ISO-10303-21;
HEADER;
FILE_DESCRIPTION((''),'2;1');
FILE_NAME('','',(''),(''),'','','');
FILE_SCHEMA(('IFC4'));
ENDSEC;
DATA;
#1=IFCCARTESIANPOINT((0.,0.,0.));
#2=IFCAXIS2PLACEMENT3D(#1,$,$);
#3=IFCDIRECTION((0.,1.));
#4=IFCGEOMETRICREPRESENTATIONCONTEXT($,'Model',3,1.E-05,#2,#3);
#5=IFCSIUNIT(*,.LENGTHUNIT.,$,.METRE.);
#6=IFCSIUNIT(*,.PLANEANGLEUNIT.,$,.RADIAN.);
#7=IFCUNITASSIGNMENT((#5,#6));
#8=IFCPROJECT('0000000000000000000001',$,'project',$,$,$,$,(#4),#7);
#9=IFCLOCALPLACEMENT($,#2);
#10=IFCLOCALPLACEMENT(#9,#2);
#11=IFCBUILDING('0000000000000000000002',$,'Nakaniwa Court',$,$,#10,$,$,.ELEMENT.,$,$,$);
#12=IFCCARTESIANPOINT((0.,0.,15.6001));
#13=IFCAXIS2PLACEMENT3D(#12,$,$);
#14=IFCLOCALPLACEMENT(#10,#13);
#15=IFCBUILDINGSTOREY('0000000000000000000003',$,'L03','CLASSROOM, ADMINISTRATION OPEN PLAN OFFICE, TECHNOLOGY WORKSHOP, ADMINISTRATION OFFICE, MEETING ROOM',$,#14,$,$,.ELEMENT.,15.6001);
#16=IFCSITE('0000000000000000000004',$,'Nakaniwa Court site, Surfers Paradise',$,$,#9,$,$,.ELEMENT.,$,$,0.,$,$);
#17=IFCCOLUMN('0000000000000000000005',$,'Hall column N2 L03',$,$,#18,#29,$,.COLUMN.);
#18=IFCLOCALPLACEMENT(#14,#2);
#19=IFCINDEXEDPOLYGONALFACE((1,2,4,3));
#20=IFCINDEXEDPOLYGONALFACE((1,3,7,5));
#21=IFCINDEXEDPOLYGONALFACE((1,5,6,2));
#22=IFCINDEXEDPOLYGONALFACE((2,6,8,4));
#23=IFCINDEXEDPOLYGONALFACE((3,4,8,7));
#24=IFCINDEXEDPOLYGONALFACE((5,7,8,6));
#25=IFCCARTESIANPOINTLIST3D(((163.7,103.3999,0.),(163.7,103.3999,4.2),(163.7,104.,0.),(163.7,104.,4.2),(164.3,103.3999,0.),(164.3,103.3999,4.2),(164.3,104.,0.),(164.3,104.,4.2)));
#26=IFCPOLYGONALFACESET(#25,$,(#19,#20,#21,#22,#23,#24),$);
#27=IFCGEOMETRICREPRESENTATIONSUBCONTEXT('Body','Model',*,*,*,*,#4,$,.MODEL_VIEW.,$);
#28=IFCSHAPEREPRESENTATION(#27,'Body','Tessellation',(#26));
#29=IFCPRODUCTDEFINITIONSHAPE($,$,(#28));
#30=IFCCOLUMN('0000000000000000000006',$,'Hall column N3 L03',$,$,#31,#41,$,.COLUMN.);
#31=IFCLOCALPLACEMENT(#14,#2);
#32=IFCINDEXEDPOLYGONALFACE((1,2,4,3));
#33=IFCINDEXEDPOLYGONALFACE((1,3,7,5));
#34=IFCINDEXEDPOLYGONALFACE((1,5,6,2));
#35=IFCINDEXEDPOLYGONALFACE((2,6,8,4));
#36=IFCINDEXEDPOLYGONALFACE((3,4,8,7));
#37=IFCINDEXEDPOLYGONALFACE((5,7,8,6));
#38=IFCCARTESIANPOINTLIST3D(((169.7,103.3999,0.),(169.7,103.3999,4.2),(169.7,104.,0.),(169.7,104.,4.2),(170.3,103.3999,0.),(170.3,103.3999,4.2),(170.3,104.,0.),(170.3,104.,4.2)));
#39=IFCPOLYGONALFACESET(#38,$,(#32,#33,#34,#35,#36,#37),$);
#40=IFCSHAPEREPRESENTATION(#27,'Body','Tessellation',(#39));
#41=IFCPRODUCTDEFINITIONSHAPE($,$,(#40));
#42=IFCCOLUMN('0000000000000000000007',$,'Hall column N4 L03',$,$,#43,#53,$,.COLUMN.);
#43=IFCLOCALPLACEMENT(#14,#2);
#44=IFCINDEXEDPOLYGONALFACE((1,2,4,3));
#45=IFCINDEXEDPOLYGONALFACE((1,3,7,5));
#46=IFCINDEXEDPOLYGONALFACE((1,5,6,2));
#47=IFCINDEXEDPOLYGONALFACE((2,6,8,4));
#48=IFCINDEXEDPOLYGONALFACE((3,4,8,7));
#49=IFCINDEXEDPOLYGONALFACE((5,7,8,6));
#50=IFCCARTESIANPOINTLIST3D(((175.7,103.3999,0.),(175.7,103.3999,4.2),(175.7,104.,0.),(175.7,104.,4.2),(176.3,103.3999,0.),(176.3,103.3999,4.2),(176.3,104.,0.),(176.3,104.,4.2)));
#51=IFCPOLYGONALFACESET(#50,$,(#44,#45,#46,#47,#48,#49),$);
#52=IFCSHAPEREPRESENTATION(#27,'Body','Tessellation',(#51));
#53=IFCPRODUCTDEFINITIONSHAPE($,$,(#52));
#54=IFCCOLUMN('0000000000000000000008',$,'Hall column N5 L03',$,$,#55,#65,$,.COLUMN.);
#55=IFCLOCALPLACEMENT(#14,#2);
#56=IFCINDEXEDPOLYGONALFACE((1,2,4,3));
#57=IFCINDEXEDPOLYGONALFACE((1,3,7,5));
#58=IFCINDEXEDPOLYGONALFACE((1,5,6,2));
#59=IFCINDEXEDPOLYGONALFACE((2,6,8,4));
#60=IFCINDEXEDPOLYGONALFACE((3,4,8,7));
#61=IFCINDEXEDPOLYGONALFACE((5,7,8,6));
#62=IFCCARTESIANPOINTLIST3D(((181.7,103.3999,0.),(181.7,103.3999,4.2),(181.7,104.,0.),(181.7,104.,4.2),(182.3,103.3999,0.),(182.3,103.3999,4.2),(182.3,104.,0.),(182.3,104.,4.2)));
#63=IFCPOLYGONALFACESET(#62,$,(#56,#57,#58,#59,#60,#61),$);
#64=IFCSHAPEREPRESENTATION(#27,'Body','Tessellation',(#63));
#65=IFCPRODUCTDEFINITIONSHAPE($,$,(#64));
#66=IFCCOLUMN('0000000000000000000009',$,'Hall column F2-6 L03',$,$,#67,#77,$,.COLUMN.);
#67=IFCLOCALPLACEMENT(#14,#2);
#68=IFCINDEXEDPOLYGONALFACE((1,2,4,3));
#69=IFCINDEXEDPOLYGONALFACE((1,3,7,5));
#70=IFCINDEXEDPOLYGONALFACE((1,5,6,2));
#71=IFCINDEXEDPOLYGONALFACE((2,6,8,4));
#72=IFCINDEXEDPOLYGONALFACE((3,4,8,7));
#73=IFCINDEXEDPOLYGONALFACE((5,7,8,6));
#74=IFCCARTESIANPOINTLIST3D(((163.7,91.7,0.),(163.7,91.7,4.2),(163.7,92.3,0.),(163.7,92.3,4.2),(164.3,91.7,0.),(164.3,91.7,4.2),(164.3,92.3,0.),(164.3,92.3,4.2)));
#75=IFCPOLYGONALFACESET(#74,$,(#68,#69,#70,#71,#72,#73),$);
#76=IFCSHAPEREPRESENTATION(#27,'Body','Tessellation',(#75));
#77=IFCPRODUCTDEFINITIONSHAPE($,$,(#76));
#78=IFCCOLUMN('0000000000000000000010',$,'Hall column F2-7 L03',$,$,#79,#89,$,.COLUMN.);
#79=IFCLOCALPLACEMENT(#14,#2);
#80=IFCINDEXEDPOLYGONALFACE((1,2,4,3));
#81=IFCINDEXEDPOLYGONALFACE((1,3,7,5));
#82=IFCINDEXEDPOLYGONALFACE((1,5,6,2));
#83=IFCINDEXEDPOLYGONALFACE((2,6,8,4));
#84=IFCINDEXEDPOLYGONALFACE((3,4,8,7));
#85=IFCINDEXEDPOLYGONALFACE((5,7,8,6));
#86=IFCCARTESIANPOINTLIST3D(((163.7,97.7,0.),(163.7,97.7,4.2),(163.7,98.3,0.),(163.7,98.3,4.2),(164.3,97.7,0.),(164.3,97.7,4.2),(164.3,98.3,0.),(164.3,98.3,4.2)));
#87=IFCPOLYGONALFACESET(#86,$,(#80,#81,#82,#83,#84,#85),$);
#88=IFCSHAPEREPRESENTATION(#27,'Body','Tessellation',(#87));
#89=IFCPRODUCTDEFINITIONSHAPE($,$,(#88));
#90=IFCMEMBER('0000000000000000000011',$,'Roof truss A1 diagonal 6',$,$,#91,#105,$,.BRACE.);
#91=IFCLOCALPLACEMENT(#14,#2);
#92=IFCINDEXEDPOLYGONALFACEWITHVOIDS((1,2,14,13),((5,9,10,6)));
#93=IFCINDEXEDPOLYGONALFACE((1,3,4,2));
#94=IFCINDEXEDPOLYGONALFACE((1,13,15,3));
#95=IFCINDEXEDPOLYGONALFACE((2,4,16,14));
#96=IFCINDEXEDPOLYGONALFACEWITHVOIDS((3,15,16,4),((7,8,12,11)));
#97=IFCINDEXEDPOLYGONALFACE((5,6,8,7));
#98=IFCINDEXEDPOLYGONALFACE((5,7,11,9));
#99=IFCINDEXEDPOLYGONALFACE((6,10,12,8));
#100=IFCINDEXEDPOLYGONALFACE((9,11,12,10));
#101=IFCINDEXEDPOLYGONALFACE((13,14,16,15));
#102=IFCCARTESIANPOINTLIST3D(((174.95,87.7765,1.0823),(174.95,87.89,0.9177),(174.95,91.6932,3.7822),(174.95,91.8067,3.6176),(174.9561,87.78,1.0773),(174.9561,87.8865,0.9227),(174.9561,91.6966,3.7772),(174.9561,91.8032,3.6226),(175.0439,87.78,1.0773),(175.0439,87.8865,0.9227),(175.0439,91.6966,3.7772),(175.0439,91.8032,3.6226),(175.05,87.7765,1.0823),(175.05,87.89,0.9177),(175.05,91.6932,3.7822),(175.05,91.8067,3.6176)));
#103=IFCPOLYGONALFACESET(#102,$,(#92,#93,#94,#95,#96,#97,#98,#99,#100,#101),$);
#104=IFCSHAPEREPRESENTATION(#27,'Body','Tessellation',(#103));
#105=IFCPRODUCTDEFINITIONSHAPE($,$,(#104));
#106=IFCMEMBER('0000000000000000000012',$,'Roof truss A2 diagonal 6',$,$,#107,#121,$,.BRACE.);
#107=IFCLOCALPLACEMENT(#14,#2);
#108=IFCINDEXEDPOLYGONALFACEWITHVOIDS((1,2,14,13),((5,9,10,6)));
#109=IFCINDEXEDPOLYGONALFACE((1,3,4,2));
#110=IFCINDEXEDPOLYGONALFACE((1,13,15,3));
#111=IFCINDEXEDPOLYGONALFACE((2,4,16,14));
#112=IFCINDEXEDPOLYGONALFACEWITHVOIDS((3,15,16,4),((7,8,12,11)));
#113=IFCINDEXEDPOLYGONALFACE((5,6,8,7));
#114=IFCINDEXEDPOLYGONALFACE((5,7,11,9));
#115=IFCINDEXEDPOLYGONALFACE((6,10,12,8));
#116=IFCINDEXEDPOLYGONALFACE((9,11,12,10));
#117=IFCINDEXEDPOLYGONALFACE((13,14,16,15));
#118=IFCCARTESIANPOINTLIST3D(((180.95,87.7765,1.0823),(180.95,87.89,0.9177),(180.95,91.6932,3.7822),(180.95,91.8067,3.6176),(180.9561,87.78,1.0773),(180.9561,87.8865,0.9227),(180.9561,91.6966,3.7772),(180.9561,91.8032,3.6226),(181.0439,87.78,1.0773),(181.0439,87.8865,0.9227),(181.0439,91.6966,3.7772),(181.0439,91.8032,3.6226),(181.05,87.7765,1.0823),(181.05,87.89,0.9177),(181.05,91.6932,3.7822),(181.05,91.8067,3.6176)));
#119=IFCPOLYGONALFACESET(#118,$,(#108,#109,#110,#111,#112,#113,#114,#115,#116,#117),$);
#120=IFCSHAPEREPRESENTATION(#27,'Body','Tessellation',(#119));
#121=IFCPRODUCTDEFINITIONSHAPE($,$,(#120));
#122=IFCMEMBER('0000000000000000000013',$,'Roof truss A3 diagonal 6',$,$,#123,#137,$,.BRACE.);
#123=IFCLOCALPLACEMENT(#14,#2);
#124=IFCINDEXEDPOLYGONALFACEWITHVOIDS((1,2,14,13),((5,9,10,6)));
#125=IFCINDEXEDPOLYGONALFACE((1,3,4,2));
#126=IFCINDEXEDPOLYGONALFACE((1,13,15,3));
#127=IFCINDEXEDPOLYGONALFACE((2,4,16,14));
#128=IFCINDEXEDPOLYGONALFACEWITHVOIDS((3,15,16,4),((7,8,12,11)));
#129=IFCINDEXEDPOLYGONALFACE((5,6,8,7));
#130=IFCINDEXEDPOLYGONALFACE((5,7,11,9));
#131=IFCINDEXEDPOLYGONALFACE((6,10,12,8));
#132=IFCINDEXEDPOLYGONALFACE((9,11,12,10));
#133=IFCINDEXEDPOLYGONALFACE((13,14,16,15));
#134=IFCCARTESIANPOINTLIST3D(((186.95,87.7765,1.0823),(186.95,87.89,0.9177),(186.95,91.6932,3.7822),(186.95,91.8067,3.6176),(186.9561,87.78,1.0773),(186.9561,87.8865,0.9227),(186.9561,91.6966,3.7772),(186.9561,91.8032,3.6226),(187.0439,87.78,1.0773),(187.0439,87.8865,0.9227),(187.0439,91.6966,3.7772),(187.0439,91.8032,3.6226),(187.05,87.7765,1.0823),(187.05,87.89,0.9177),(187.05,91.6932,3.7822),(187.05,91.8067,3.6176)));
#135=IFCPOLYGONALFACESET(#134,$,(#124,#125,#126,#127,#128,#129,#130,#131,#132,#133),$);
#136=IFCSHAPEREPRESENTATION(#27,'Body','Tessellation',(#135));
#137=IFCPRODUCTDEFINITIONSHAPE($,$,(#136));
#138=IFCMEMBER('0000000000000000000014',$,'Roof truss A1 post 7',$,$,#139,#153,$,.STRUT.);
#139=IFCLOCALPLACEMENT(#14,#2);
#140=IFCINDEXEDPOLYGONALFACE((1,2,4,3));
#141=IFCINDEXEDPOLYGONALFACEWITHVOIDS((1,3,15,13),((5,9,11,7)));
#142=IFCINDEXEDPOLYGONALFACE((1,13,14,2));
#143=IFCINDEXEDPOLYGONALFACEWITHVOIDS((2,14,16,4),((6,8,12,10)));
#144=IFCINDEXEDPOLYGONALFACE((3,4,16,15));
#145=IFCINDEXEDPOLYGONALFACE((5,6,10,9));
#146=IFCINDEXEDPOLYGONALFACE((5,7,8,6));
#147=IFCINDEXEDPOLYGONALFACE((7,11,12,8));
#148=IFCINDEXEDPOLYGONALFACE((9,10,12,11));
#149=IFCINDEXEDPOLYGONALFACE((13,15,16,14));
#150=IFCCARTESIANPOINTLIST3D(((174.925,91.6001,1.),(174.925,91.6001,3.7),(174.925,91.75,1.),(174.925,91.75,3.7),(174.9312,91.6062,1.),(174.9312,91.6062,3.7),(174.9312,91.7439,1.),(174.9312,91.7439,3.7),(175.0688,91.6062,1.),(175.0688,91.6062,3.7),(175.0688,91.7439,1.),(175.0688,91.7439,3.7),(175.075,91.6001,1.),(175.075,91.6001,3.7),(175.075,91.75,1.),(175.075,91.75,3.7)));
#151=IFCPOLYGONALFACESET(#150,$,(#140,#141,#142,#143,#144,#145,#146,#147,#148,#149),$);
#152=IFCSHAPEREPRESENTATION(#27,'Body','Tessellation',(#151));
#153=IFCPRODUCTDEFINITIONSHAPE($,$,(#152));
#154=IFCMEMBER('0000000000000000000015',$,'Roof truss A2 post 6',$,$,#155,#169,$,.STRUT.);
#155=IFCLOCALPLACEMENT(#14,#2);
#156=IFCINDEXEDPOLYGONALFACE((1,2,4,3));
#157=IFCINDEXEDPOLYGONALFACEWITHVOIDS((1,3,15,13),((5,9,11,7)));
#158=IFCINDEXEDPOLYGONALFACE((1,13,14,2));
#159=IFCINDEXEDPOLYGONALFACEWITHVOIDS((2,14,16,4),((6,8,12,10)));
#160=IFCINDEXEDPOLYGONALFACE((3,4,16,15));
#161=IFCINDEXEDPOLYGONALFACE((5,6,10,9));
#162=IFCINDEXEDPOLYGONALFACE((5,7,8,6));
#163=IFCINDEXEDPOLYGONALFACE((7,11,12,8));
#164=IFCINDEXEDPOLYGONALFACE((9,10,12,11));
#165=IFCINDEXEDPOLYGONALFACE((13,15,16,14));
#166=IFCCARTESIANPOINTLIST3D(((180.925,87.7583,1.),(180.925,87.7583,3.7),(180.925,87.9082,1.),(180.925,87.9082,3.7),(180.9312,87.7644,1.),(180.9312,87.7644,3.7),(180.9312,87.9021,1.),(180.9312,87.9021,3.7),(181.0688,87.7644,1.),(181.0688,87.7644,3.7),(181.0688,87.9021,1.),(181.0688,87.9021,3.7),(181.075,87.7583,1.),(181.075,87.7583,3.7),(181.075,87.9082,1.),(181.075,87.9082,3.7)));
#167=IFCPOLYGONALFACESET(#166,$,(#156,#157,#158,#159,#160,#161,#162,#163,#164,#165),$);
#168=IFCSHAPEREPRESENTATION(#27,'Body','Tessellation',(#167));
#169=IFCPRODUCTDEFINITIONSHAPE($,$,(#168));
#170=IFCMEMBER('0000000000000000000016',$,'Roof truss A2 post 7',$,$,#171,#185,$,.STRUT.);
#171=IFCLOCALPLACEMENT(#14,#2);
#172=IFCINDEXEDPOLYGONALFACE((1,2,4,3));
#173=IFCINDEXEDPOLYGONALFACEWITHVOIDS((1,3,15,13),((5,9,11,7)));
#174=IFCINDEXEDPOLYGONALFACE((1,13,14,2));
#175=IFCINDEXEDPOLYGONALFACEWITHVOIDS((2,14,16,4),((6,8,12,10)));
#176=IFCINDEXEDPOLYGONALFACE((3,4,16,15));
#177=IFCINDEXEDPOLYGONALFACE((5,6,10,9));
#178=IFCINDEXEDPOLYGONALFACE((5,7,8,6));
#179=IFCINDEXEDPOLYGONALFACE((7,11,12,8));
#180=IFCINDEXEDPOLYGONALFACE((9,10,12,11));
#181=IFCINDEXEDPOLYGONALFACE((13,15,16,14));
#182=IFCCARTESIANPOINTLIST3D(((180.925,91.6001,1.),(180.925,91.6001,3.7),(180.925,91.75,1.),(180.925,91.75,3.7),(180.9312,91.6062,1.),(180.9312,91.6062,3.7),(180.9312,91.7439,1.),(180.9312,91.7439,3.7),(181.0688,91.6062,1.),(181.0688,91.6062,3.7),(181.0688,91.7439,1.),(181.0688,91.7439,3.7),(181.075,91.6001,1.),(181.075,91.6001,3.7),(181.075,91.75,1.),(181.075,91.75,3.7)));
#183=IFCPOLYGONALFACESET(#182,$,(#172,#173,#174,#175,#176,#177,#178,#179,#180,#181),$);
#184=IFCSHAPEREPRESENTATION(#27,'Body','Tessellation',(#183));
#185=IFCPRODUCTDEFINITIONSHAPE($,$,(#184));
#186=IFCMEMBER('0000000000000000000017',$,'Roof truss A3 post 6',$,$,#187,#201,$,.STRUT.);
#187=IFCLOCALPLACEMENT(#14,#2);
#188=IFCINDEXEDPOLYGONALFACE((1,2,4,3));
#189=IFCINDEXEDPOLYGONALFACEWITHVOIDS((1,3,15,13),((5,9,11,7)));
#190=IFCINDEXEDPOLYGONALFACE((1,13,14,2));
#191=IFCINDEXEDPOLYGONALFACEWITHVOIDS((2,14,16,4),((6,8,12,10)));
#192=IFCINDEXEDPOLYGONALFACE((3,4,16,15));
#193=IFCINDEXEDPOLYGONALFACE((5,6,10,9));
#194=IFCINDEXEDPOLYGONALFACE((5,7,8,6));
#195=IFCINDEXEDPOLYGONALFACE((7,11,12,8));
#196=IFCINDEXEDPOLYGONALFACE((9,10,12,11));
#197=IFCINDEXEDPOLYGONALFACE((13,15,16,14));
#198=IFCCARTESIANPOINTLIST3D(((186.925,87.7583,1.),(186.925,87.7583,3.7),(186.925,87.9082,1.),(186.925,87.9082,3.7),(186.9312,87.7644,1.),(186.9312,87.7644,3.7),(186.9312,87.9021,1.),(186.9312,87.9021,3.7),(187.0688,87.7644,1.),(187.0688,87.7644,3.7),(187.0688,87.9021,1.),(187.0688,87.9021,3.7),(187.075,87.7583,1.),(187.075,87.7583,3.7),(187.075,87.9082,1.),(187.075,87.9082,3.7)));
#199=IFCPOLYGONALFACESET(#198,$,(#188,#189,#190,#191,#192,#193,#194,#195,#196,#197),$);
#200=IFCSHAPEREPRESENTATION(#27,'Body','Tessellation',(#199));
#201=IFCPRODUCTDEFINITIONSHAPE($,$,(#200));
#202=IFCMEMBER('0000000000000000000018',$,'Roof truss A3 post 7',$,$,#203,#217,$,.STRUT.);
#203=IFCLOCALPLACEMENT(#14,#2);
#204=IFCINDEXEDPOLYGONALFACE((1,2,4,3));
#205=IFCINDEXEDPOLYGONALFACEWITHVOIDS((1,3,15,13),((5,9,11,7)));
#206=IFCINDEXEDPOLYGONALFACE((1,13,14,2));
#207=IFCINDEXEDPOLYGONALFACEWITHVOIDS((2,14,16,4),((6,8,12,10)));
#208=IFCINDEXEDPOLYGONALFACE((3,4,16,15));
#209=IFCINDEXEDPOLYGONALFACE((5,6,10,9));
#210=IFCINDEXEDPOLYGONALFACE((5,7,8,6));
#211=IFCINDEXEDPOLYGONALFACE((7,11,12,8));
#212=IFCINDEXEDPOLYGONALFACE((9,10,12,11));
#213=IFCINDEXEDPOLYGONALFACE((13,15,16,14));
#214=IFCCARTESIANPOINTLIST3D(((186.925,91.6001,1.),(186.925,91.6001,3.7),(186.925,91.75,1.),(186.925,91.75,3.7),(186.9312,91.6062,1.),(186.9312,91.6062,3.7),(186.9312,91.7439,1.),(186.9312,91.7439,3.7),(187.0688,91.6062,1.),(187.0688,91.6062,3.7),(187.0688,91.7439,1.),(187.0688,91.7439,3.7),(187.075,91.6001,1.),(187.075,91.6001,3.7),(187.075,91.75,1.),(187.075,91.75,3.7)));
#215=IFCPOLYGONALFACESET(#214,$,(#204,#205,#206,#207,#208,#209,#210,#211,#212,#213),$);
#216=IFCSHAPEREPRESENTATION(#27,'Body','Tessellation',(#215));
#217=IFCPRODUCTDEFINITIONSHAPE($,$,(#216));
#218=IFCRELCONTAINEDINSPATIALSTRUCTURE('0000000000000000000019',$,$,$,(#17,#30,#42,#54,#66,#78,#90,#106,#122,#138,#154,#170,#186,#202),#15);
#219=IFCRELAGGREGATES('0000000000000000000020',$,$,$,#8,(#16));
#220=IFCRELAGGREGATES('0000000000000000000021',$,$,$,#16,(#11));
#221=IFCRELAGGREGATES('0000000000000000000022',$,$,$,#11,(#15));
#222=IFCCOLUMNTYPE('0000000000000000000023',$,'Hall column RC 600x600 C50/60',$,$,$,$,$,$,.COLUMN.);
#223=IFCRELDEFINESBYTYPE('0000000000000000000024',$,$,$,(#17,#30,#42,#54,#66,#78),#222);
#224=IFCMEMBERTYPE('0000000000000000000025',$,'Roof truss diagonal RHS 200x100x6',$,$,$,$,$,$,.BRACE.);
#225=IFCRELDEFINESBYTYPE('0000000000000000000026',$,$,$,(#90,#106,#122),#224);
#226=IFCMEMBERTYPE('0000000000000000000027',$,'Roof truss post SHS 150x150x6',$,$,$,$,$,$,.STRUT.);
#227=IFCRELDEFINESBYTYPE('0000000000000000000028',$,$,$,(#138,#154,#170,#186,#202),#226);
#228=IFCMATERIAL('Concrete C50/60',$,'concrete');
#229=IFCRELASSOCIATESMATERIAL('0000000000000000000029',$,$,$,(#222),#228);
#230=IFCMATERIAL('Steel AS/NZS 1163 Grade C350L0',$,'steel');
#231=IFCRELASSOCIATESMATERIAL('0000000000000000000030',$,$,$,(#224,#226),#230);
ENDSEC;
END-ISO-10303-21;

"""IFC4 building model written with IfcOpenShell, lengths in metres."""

from ifc_helpers import new_model, si_unit, direction, frame, origin, origin_2d, place, context, subcontext, project, spatial, rectangle, hollow_rectangle, extrude, material, material_profile, profile_set, type_object, element, save


model = new_model("IFC4")

# Units and contexts
model_context = context("Model", 3, precision=1e-05, world=origin(), true_north=direction((0.0, 1.0)))
body_context = subcontext(model_context, "Body", "Model", "MODEL_VIEW")
ifc_project = project(units=[si_unit("LENGTHUNIT", "METRE"), si_unit("PLANEANGLEUNIT", "RADIAN")], contexts=[model_context])

# Site, building, storey
site_placement = place(None, origin())
site = spatial("IfcSite", under=ifc_project, at=site_placement, Name="Nakaniwa Court site, Surfers Paradise", CompositionType="ELEMENT", RefElevation=0.0)
building_placement = place(site_placement, origin())
building = spatial("IfcBuilding", under=site, at=building_placement, Name="Nakaniwa Court", CompositionType="ELEMENT")
storey_placement = place(building_placement, frame((0.0, 0.0, 15.6001)))
storey = spatial("IfcBuildingStorey", under=building, at=storey_placement, Name="L03", Description="CLASSROOM, ADMINISTRATION OPEN PLAN OFFICE, TECHNOLOGY WORKSHOP, ADMINISTRATION OFFICE, MEETING ROOM", CompositionType="ELEMENT", Elevation=15.6001)

# Columns
ifc_material_1 = material(Name="Concrete C50/60", Category="concrete")
ifc_material_profile_1 = material_profile(ifc_material_1, rectangle(XDim=0.6001, YDim=0.6001, at=origin_2d()), Name="RC 600x600")
ifc_profile_set_1 = profile_set([ifc_material_profile_1], Name="Concrete C50/60")
column_type = type_object("IfcColumnType", Name="Hall column RC 600x600 C50/60", PredefinedType="COLUMN", material=ifc_profile_set_1)
for number, where, z_axis, x_axis, name in (
    (1, (164.0, 103.7, 0.0), (0.0, 0.0, 1.0), (1.0, 0.0, 0.0), "Hall column N2 L03"),
    (2, (170.0, 103.7, 0.0), (0.0, 0.0, 1.0), (1.0, 0.0, 0.0), "Hall column N3 L03"),
    (3, (176.0, 103.7, 0.0), (0.0, 0.0, 1.0), (1.0, 0.0, 0.0), "Hall column N4 L03"),
    (4, (182.0, 103.7, 0.0), (0.0, 0.0, 1.0), (1.0, 0.0, 0.0), "Hall column N5 L03"),
    (5, (164.0, 92.0, 0.0), (0.0, 0.0, 1.0), (1.0, 0.0, 0.0), "Hall column F2-6 L03"),
    (6, (164.0, 98.0, 0.0), (0.0, 0.0, 1.0), (1.0, 0.0, 0.0), "Hall column F2-7 L03"),
):
    element("IfcColumn", number, at=place(storey_placement, frame(where, z_axis=z_axis, x_axis=x_axis)), inside=storey, type_object=column_type, Name=name, PredefinedType="COLUMN", context=body_context, shape_type="SweptSolid", body=[
        extrude(rectangle(XDim=0.6001, YDim=0.6001, at=origin_2d()), origin(), (0.0, 0.0, 1.0), 4.2),
    ])

# Members
ifc_material_2 = material(Name="Steel AS/NZS 1163 Grade C350L0", Category="steel")
ifc_material_profile_2 = material_profile(ifc_material_2, hollow_rectangle(XDim=0.1001, YDim=0.2, WallThickness=0.0061, at=origin_2d()), Name="RHS 200x100x6")
ifc_profile_set_2 = profile_set([ifc_material_profile_2], Name="Steel AS/NZS 1163 Grade C350L0")
member_type_1 = type_object("IfcMemberType", Name="Roof truss diagonal RHS 200x100x6", PredefinedType="BRACE", material=ifc_profile_set_2)
for number, where, z_axis, x_axis, name in (
    (7, (175.0, 87.8333, 1.0), (0.0, 0.823336, 0.567554), (-1.0, 0.0, 0.0), "Roof truss A1 diagonal 6"),
    (8, (181.0, 87.8333, 1.0), (0.0, 0.823336, 0.567554), (-1.0, 0.0, 0.0), "Roof truss A2 diagonal 6"),
    (9, (187.0, 87.8333, 1.0), (0.0, 0.823336, 0.567554), (-1.0, 0.0, 0.0), "Roof truss A3 diagonal 6"),
):
    element("IfcMember", number, at=place(storey_placement, frame(where, z_axis=z_axis, x_axis=x_axis)), inside=storey, type_object=member_type_1, Name=name, PredefinedType="BRACE", context=body_context, shape_type="SweptSolid", body=[
        extrude(hollow_rectangle(XDim=0.1001, YDim=0.2, WallThickness=0.0061, at=origin_2d()), origin(), (0.0, 0.0, 1.0), 4.7571),
    ])
ifc_material_profile_3 = material_profile(ifc_material_2, hollow_rectangle(XDim=0.1499, YDim=0.1499, WallThickness=0.0061, at=origin_2d()), Name="SHS 150x150x6")
ifc_profile_set_3 = profile_set([ifc_material_profile_3], Name="Steel AS/NZS 1163 Grade C350L0")
member_type_2 = type_object("IfcMemberType", Name="Roof truss post SHS 150x150x6", PredefinedType="STRUT", material=ifc_profile_set_3)
for number, where, z_axis, x_axis, name in (
    (10, (175.0, 91.675, 1.0), (0.0, 0.0, 1.0), (1.0, 0.0, 0.0), "Roof truss A1 post 7"),
    (11, (181.0, 87.8333, 1.0), (0.0, 0.0, 1.0), (1.0, 0.0, 0.0), "Roof truss A2 post 6"),
    (12, (181.0, 91.675, 1.0), (0.0, 0.0, 1.0), (1.0, 0.0, 0.0), "Roof truss A2 post 7"),
    (13, (187.0, 87.8333, 1.0), (0.0, 0.0, 1.0), (1.0, 0.0, 0.0), "Roof truss A3 post 6"),
    (14, (187.0, 91.675, 1.0), (0.0, 0.0, 1.0), (1.0, 0.0, 0.0), "Roof truss A3 post 7"),
):
    element("IfcMember", number, at=place(storey_placement, frame(where, z_axis=z_axis, x_axis=x_axis)), inside=storey, type_object=member_type_2, Name=name, PredefinedType="STRUT", context=body_context, shape_type="SweptSolid", body=[
        extrude(hollow_rectangle(XDim=0.1499, YDim=0.1499, WallThickness=0.0061, at=origin_2d()), origin(), (0.0, 0.0, 1.0), 2.7),
    ])

save(model, "model.ifc")
